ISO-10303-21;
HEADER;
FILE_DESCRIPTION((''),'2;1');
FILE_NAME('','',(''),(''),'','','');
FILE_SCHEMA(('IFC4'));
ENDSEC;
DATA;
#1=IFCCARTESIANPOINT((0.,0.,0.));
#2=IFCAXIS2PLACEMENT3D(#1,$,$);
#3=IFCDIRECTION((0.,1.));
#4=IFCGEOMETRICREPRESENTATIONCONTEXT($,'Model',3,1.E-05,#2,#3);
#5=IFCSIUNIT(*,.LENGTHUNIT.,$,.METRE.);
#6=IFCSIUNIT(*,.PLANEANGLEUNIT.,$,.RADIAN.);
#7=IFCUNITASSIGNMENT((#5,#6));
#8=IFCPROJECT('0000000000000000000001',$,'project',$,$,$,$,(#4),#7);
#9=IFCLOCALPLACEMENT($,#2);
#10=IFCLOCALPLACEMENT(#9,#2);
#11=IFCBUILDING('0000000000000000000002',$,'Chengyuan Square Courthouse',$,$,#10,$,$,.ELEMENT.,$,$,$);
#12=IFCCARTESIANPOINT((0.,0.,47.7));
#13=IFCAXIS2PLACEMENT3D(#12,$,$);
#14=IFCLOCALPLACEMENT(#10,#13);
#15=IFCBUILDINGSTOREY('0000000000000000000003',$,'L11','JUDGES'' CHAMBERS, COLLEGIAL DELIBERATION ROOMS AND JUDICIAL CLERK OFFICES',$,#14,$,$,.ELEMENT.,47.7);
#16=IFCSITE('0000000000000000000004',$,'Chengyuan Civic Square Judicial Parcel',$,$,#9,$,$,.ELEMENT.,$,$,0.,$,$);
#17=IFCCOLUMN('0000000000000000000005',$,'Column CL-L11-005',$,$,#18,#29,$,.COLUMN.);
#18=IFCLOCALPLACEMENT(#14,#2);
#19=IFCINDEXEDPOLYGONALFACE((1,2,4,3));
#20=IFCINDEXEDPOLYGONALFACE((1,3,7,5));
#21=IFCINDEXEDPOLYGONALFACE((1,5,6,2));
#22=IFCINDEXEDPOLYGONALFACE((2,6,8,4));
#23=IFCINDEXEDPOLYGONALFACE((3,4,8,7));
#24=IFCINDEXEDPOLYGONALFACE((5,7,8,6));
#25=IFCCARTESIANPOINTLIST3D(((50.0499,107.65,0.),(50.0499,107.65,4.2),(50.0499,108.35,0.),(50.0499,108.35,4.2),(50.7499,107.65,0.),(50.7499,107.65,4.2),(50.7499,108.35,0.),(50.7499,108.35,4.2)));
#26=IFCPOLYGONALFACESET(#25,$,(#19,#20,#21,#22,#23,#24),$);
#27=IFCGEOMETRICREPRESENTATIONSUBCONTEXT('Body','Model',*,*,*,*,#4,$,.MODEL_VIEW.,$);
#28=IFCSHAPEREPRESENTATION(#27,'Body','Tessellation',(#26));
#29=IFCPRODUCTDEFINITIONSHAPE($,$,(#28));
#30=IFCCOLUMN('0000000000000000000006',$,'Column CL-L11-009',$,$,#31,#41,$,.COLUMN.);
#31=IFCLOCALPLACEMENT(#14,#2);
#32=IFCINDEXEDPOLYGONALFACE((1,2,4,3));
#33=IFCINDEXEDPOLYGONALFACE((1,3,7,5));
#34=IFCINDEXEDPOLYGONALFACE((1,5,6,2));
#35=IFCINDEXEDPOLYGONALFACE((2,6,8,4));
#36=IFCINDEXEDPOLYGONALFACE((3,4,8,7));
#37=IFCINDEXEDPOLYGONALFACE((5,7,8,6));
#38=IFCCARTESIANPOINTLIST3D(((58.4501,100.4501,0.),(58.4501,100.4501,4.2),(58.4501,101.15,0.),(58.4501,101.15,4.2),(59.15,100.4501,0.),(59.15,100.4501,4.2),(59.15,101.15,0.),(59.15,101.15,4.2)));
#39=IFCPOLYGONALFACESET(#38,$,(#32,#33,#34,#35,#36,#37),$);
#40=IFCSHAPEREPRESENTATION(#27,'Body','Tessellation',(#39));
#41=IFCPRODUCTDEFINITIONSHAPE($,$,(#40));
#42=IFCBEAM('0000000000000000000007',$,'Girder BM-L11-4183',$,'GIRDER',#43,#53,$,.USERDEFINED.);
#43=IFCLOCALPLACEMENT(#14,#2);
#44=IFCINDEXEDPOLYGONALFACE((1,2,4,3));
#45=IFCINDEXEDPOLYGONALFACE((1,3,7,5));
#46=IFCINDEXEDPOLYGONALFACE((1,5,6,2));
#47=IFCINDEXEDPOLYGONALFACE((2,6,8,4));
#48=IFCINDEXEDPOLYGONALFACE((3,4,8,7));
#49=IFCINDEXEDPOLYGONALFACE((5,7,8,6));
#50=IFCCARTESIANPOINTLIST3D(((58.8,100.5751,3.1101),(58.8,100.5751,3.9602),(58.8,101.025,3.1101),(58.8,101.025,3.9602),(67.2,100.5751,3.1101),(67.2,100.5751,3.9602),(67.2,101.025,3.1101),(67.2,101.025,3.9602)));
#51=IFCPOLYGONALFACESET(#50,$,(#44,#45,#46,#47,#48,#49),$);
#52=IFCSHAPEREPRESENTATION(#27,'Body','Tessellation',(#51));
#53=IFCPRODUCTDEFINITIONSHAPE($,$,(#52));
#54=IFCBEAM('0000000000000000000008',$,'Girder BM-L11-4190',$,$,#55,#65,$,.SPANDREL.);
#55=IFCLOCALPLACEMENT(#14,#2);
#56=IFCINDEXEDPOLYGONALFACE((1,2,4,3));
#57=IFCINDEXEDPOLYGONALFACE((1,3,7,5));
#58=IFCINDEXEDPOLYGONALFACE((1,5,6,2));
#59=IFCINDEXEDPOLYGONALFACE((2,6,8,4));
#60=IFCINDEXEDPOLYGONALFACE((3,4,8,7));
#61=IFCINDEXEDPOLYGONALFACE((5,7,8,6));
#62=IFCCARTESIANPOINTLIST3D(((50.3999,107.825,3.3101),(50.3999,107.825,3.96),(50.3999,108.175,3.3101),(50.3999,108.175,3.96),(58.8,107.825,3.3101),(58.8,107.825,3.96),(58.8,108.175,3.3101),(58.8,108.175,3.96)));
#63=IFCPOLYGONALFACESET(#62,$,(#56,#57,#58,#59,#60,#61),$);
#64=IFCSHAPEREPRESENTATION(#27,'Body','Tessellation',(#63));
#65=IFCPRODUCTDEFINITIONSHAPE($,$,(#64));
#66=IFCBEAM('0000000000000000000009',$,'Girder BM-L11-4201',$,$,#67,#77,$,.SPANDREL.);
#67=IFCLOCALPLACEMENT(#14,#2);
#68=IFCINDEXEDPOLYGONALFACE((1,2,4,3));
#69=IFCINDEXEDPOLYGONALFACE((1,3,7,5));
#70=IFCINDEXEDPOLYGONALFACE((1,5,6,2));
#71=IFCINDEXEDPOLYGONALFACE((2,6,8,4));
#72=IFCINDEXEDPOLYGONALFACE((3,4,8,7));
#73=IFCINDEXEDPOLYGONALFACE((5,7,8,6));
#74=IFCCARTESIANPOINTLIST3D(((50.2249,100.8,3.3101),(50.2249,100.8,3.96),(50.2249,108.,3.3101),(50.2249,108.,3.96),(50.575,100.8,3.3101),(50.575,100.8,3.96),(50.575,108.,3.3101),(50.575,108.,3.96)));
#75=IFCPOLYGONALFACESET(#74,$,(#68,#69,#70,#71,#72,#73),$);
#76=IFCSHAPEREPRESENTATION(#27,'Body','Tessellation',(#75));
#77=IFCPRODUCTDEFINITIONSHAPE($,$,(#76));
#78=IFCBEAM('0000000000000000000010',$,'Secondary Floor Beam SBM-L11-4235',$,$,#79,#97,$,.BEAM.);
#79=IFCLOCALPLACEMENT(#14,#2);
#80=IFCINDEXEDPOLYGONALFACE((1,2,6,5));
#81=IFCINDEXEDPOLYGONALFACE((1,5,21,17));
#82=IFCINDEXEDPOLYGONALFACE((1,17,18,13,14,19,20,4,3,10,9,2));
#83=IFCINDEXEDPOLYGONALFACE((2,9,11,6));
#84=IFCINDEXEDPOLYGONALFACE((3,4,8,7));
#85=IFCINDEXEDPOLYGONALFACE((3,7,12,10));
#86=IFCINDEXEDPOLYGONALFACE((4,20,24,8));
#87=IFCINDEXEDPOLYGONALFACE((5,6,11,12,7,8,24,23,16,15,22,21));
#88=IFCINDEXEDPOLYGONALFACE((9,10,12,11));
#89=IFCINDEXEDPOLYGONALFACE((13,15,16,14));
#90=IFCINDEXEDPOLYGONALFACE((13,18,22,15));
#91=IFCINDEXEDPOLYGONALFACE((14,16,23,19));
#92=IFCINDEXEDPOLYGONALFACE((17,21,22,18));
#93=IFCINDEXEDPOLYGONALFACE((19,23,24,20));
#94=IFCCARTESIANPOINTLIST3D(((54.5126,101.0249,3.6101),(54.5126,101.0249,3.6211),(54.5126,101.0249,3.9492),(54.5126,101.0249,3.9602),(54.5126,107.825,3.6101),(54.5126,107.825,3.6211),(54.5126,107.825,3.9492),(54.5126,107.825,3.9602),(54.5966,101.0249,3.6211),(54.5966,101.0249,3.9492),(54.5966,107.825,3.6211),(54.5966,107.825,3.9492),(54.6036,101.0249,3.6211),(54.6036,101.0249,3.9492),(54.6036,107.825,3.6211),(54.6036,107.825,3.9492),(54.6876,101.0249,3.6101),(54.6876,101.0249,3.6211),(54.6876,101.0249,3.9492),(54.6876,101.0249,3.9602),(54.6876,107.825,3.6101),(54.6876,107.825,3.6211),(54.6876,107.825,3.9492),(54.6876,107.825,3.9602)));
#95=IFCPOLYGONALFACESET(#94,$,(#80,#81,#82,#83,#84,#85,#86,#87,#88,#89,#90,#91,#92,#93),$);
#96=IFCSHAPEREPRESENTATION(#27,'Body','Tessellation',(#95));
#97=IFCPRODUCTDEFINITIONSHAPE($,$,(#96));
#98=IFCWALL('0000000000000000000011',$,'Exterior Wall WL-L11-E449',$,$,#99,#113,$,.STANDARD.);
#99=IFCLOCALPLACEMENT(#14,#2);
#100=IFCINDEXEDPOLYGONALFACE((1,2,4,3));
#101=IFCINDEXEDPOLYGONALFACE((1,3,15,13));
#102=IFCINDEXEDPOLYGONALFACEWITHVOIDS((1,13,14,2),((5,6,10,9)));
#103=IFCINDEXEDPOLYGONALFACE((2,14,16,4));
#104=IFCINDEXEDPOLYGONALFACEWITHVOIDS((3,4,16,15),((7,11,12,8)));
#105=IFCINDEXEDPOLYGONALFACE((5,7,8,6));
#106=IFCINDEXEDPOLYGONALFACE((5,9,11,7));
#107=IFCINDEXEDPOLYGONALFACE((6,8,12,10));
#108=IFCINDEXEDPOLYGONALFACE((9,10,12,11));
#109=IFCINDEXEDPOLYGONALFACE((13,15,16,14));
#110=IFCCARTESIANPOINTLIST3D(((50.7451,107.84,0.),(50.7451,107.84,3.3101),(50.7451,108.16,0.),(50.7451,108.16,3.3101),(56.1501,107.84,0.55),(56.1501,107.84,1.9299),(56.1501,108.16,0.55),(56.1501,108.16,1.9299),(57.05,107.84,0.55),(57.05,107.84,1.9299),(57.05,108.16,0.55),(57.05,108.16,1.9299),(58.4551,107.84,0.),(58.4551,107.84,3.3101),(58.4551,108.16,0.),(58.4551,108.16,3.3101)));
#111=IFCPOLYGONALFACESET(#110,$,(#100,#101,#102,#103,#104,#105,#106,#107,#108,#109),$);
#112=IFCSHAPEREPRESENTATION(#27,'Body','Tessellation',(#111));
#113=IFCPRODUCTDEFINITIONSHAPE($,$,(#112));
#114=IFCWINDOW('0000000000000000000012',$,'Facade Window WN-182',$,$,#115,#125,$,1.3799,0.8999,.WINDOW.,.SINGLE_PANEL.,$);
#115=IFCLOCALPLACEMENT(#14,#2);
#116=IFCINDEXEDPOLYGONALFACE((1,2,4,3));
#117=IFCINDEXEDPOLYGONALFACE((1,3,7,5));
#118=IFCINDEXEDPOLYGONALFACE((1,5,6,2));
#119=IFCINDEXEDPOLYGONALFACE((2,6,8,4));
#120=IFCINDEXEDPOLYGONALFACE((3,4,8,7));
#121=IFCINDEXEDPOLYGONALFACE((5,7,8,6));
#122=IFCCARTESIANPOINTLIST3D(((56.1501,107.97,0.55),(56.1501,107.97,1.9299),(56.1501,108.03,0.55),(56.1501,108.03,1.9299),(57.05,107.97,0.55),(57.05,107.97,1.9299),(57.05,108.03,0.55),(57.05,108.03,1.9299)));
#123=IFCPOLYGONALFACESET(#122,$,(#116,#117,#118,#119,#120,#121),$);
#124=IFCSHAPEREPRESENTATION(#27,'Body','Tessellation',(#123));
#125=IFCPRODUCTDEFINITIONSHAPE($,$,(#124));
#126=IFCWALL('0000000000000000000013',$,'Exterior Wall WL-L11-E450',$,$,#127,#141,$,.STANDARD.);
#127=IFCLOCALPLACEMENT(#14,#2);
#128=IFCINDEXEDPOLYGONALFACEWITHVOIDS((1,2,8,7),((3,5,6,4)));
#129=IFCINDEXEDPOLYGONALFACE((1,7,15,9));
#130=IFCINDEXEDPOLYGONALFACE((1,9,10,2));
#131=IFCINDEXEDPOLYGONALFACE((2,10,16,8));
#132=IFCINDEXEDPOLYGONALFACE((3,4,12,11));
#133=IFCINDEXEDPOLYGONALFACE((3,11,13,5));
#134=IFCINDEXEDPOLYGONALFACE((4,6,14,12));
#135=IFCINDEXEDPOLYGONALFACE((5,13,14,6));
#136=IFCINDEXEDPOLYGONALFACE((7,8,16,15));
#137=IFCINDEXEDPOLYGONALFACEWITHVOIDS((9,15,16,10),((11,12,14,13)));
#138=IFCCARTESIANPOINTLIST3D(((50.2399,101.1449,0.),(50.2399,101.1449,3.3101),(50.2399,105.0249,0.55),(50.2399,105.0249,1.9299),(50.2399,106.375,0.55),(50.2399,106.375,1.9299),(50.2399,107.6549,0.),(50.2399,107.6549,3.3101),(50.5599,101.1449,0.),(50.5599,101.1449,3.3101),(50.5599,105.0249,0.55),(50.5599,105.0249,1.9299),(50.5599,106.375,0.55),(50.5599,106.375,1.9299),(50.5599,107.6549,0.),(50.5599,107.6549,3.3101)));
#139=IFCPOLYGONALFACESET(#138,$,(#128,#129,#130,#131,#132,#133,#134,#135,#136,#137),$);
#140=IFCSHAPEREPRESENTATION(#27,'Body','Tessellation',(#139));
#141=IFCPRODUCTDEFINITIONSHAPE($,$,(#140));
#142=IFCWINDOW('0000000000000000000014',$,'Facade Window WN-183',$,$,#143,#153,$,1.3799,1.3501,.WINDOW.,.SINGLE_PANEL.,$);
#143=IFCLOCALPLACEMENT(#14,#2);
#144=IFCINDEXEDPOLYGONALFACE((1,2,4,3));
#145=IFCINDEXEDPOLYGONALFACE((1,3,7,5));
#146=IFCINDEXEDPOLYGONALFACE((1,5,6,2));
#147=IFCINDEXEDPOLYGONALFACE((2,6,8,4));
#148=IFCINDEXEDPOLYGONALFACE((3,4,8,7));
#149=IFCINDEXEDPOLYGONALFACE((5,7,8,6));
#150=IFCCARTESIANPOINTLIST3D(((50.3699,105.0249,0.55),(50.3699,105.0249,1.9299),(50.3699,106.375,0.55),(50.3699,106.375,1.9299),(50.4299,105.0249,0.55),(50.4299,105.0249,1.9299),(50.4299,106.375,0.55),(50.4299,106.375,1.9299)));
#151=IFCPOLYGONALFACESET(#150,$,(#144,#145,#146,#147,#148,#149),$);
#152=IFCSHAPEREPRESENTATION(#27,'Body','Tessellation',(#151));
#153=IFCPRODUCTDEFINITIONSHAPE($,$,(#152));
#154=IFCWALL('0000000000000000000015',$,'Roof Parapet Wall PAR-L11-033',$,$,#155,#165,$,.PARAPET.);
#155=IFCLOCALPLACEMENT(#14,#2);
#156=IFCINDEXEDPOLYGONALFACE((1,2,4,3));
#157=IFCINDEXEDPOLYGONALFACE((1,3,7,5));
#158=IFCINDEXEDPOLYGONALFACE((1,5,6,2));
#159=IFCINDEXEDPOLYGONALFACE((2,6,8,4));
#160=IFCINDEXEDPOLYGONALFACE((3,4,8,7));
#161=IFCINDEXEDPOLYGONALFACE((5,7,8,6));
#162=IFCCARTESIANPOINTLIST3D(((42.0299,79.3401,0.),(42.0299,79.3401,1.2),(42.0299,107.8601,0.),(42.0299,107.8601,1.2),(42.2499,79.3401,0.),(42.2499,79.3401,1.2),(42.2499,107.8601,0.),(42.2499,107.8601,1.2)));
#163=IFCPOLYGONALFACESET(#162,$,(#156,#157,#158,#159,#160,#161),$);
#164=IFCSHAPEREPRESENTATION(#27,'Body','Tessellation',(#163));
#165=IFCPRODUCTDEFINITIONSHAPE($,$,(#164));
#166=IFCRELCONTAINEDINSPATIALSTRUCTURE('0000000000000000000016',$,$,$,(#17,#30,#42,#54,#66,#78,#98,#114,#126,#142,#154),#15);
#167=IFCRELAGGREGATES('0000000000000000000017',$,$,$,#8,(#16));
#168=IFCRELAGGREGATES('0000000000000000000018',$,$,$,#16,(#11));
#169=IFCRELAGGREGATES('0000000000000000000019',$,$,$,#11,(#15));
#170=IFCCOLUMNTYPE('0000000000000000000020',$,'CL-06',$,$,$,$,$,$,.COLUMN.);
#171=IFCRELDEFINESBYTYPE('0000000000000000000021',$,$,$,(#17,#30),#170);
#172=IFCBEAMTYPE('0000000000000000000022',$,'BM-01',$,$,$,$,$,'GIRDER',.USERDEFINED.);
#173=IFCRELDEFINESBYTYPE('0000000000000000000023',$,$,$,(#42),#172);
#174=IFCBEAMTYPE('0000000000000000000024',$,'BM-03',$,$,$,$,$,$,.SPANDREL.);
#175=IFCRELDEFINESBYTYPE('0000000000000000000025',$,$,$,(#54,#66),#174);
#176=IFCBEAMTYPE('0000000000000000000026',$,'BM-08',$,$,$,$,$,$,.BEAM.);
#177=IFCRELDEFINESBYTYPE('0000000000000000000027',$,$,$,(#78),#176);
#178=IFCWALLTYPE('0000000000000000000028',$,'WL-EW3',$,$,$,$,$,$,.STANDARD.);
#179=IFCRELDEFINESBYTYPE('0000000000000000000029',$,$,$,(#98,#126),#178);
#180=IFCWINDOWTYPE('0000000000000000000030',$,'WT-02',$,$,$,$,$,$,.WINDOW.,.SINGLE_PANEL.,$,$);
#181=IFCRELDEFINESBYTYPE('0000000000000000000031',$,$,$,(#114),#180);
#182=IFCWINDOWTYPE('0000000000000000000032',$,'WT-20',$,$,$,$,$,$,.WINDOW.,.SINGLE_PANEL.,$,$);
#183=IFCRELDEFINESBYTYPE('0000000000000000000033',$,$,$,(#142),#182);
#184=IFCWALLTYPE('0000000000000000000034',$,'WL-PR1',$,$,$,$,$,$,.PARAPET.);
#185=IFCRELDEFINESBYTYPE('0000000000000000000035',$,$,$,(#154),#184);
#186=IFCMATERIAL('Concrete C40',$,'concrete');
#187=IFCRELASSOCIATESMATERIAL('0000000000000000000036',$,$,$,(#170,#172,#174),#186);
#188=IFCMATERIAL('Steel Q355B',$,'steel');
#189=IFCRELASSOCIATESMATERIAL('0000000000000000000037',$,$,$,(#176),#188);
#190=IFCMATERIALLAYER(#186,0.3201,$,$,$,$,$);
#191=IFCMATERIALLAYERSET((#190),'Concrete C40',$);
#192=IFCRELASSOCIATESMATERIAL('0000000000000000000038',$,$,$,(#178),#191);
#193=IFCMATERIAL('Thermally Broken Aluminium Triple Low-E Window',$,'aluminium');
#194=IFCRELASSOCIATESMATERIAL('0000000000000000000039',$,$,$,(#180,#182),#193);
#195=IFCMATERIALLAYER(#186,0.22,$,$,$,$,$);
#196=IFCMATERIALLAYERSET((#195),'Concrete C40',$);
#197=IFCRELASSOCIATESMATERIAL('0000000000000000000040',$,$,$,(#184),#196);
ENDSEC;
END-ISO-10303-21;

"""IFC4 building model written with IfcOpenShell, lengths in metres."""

from ifc_helpers import new_model, si_unit, direction, frame, frame_2d, origin, origin_2d, place, context, subcontext, project, spatial, rectangle, i_section, extrude, material, layer, layer_set, material_profile, profile_set, type_object, element, fill, save


model = new_model("IFC4")

# Units and contexts
model_context = context("Model", 3, precision=1e-05, world=origin(), true_north=direction((0.0, 1.0)))
body_context = subcontext(model_context, "Body", "Model", "MODEL_VIEW")
ifc_project = project(units=[si_unit("LENGTHUNIT", "METRE"), si_unit("PLANEANGLEUNIT", "RADIAN")], contexts=[model_context])

# Site, building, storey
site_placement = place(None, origin())
site = spatial("IfcSite", under=ifc_project, at=site_placement, Name="Chengyuan Civic Square Judicial Parcel", CompositionType="ELEMENT", RefElevation=0.0)
building_placement = place(site_placement, origin())
building = spatial("IfcBuilding", under=site, at=building_placement, Name="Chengyuan Square Courthouse", CompositionType="ELEMENT")
storey_placement = place(building_placement, frame((0.0, 0.0, 47.7)))
storey = spatial("IfcBuildingStorey", under=building, at=storey_placement, Name="L11", Description="JUDGES' CHAMBERS, COLLEGIAL DELIBERATION ROOMS AND JUDICIAL CLERK OFFICES", CompositionType="ELEMENT", Elevation=47.7)

# Columns
ifc_material_1 = material(Name="Concrete C40", Category="concrete")
ifc_material_profile_1 = material_profile(ifc_material_1, rectangle(XDim=0.7, YDim=0.7, at=origin_2d()), Name="RC-COL-700x700")
ifc_profile_set_1 = profile_set([ifc_material_profile_1], Name="Concrete C40")
column_type = type_object("IfcColumnType", Name="CL-06", PredefinedType="COLUMN", material=ifc_profile_set_1)
for number, where, z_axis, x_axis, name in (
    (1, (50.3999, 108.0, 0.0), (0.0, 0.0, 1.0), (1.0, 0.0, 0.0), "Column CL-L11-005"),
    (2, (58.8, 100.8, 0.0), (0.0, 0.0, 1.0), (1.0, 0.0, 0.0), "Column CL-L11-009"),
):
    element("IfcColumn", number, at=place(storey_placement, frame(where, z_axis=z_axis, x_axis=x_axis)), inside=storey, type_object=column_type, Name=name, PredefinedType="COLUMN", context=body_context, shape_type="SweptSolid", body=[
        extrude(rectangle(XDim=0.7, YDim=0.7, at=origin_2d()), origin(), (0.0, 0.0, 1.0), 4.2),
    ])

# Beams
ifc_material_profile_2 = material_profile(ifc_material_1, rectangle(XDim=0.45, YDim=0.8501, at=origin_2d()), Name="RC-BM-450x850")
ifc_profile_set_2 = profile_set([ifc_material_profile_2], Name="Concrete C40")
beam_type_1 = type_object("IfcBeamType", Name="BM-01", ElementType="GIRDER", PredefinedType="USERDEFINED", material=ifc_profile_set_2)
beam_1_placement = place(storey_placement, frame((58.8, 100.8, 3.5352), z_axis=(1.0, 0.0, 0.0), x_axis=(0.0, 1.0, 0.0)))
element("IfcBeam", 3, at=beam_1_placement, inside=storey, type_object=beam_type_1, Name="Girder BM-L11-4183", ObjectType="GIRDER", PredefinedType="USERDEFINED", context=body_context, shape_type="SweptSolid", body=[
    extrude(rectangle(XDim=0.45, YDim=0.8501, at=origin_2d()), origin(), (0.0, 0.0, 1.0), 8.3999),
])
ifc_material_profile_3 = material_profile(ifc_material_1, rectangle(XDim=0.3501, YDim=0.6499, at=origin_2d()), Name="RC-BM-350x650")
ifc_profile_set_3 = profile_set([ifc_material_profile_3], Name="Concrete C40")
beam_type_2 = type_object("IfcBeamType", Name="BM-03", PredefinedType="SPANDREL", material=ifc_profile_set_3)
beam_2_placement = place(storey_placement, frame((50.3999, 108.0, 3.635), z_axis=(1.0, 0.0, 0.0), x_axis=(0.0, 1.0, 0.0)))
element("IfcBeam", 4, at=beam_2_placement, inside=storey, type_object=beam_type_2, Name="Girder BM-L11-4190", PredefinedType="SPANDREL", context=body_context, shape_type="SweptSolid", body=[
    extrude(rectangle(XDim=0.3501, YDim=0.6499, at=origin_2d()), origin(), (0.0, 0.0, 1.0), 8.4001),
])
beam_3_placement = place(storey_placement, frame((50.3999, 100.8, 3.635), z_axis=(0.0, 1.0, 0.0), x_axis=(-1.0, 0.0, 0.0)))
element("IfcBeam", 5, at=beam_3_placement, inside=storey, type_object=beam_type_2, Name="Girder BM-L11-4201", PredefinedType="SPANDREL", context=body_context, shape_type="SweptSolid", body=[
    extrude(rectangle(XDim=0.3501, YDim=0.6499, at=origin_2d()), origin(), (0.0, 0.0, 1.0), 7.2),
])
ifc_material_2 = material(Name="Steel Q355B", Category="steel")
ifc_material_profile_4 = material_profile(ifc_material_2, i_section(OverallWidth=0.175, OverallDepth=0.3501, WebThickness=0.0071, FlangeThickness=0.011, at=origin_2d()), Name="HN 350x175x7x11")
ifc_profile_set_4 = profile_set([ifc_material_profile_4], Name="Steel Q355B")
beam_type_3 = type_object("IfcBeamType", Name="BM-08", PredefinedType="BEAM", material=ifc_profile_set_4)
beam_4_placement = place(storey_placement, frame((54.6001, 101.0249, 3.7852), z_axis=(0.0, 1.0, 0.0), x_axis=(-1.0, 0.0, 0.0)))
element("IfcBeam", 6, at=beam_4_placement, inside=storey, type_object=beam_type_3, Name="Secondary Floor Beam SBM-L11-4235", PredefinedType="BEAM", context=body_context, shape_type="SweptSolid", body=[
    extrude(i_section(OverallWidth=0.175, OverallDepth=0.3501, WebThickness=0.0071, FlangeThickness=0.011, at=origin_2d()), origin(), (0.0, 0.0, 1.0), 6.8),
])

# Walls, openings, windows
ifc_layer_1 = layer(ifc_material_1, 0.3201)
ifc_layer_set_1 = layer_set([ifc_layer_1], Name="Concrete C40")
wall_type_1 = type_object("IfcWallType", Name="WL-EW3", PredefinedType="STANDARD", material=ifc_layer_set_1)
wall_1_placement = place(storey_placement, frame((50.7451, 108.0, 0.0), z_axis=(0.0, 0.0, 1.0), x_axis=(1.0, 0.0, 0.0)))
wall_1 = element("IfcWall", 7, at=wall_1_placement, inside=storey, type_object=wall_type_1, Name="Exterior Wall WL-L11-E449", PredefinedType="STANDARD", context=body_context, shape_type="SweptSolid", body=[
    extrude(rectangle(XDim=7.71, YDim=0.3201, at=frame_2d((3.855, 0.0))), origin(), (0.0, 0.0, 1.0), 3.3101),
])
opening_1_placement = place(wall_1_placement, frame((5.405, 0.0, 0.55)))
opening_1 = element("IfcOpeningElement", 8, at=opening_1_placement, cuts=wall_1, PredefinedType="OPENING", context=body_context, shape_type="SweptSolid", body=[
    extrude(rectangle(XDim=0.8999, YDim=1.3799, at=frame_2d((0.45, 0.6899))), frame((0.0, 0.1721, 0.0), z_axis=(0.0, -1.0, 0.0), x_axis=(1.0, 0.0, 0.0)), (0.0, 0.0, 1.0), 0.344),
])
ifc_material_3 = material(Name="Thermally Broken Aluminium Triple Low-E Window", Category="aluminium")
window_type_1 = type_object("IfcWindowType", Name="WT-02", PartitioningType="SINGLE_PANEL", PredefinedType="WINDOW", material=ifc_material_3)
window_1_placement = place(opening_1_placement, origin())
window_1 = element("IfcWindow", 9, at=window_1_placement, inside=storey, type_object=window_type_1, Name="Facade Window WN-182", OverallHeight=1.3799, OverallWidth=0.8999, PartitioningType="SINGLE_PANEL", PredefinedType="WINDOW", context=body_context, shape_type="SweptSolid", body=[
    extrude(rectangle(XDim=0.8999, YDim=1.3799, at=frame_2d((0.45, 0.6899))), frame((0.0, 0.03, 0.0), z_axis=(0.0, -1.0, 0.0), x_axis=(1.0, 0.0, 0.0)), (0.0, 0.0, 1.0), 0.0601),
])
fill(opening_1, window_1)
wall_2_placement = place(storey_placement, frame((50.3999, 101.145, 0.0), z_axis=(0.0, 0.0, 1.0), x_axis=(0.0, 1.0, 0.0)))
wall_2 = element("IfcWall", 10, at=wall_2_placement, inside=storey, type_object=wall_type_1, Name="Exterior Wall WL-L11-E450", PredefinedType="STANDARD", context=body_context, shape_type="SweptSolid", body=[
    extrude(rectangle(XDim=6.51, YDim=0.3201, at=frame_2d((3.2549, 0.0))), origin(), (0.0, 0.0, 1.0), 3.3101),
])
opening_2_placement = place(wall_2_placement, frame((3.8799, 0.0, 0.55)))
opening_2 = element("IfcOpeningElement", 11, at=opening_2_placement, cuts=wall_2, PredefinedType="OPENING", context=body_context, shape_type="SweptSolid", body=[
    extrude(rectangle(XDim=1.3501, YDim=1.3799, at=frame_2d((0.675, 0.6899))), frame((0.0, 0.1721, 0.0), z_axis=(0.0, -1.0, 0.0), x_axis=(1.0, 0.0, 0.0)), (0.0, 0.0, 1.0), 0.344),
])
window_type_2 = type_object("IfcWindowType", Name="WT-20", PartitioningType="SINGLE_PANEL", PredefinedType="WINDOW", material=ifc_material_3)
window_2_placement = place(opening_2_placement, origin())
window_2 = element("IfcWindow", 12, at=window_2_placement, inside=storey, type_object=window_type_2, Name="Facade Window WN-183", OverallHeight=1.3799, OverallWidth=1.3501, PartitioningType="SINGLE_PANEL", PredefinedType="WINDOW", context=body_context, shape_type="SweptSolid", body=[
    extrude(rectangle(XDim=1.3501, YDim=1.3799, at=frame_2d((0.675, 0.6899))), frame((0.0, 0.03, 0.0), z_axis=(0.0, -1.0, 0.0), x_axis=(1.0, 0.0, 0.0)), (0.0, 0.0, 1.0), 0.0601),
])
fill(opening_2, window_2)

# Wall
ifc_layer_2 = layer(ifc_material_1, 0.22)
ifc_layer_set_2 = layer_set([ifc_layer_2], Name="Concrete C40")
wall_type_2 = type_object("IfcWallType", Name="WL-PR1", PredefinedType="PARAPET", material=ifc_layer_set_2)
wall_3_placement = place(storey_placement, frame((42.1399, 107.8601, 0.0), z_axis=(0.0, 0.0, 1.0), x_axis=(0.0, -1.0, 0.0)))
element("IfcWall", 13, at=wall_3_placement, inside=storey, type_object=wall_type_2, Name="Roof Parapet Wall PAR-L11-033", PredefinedType="PARAPET", context=body_context, shape_type="SweptSolid", body=[
    extrude(rectangle(XDim=28.52, YDim=0.22, at=frame_2d((14.26, 0.0))), origin(), (0.0, 0.0, 1.0), 1.2),
])

save(model, "model.ifc")
